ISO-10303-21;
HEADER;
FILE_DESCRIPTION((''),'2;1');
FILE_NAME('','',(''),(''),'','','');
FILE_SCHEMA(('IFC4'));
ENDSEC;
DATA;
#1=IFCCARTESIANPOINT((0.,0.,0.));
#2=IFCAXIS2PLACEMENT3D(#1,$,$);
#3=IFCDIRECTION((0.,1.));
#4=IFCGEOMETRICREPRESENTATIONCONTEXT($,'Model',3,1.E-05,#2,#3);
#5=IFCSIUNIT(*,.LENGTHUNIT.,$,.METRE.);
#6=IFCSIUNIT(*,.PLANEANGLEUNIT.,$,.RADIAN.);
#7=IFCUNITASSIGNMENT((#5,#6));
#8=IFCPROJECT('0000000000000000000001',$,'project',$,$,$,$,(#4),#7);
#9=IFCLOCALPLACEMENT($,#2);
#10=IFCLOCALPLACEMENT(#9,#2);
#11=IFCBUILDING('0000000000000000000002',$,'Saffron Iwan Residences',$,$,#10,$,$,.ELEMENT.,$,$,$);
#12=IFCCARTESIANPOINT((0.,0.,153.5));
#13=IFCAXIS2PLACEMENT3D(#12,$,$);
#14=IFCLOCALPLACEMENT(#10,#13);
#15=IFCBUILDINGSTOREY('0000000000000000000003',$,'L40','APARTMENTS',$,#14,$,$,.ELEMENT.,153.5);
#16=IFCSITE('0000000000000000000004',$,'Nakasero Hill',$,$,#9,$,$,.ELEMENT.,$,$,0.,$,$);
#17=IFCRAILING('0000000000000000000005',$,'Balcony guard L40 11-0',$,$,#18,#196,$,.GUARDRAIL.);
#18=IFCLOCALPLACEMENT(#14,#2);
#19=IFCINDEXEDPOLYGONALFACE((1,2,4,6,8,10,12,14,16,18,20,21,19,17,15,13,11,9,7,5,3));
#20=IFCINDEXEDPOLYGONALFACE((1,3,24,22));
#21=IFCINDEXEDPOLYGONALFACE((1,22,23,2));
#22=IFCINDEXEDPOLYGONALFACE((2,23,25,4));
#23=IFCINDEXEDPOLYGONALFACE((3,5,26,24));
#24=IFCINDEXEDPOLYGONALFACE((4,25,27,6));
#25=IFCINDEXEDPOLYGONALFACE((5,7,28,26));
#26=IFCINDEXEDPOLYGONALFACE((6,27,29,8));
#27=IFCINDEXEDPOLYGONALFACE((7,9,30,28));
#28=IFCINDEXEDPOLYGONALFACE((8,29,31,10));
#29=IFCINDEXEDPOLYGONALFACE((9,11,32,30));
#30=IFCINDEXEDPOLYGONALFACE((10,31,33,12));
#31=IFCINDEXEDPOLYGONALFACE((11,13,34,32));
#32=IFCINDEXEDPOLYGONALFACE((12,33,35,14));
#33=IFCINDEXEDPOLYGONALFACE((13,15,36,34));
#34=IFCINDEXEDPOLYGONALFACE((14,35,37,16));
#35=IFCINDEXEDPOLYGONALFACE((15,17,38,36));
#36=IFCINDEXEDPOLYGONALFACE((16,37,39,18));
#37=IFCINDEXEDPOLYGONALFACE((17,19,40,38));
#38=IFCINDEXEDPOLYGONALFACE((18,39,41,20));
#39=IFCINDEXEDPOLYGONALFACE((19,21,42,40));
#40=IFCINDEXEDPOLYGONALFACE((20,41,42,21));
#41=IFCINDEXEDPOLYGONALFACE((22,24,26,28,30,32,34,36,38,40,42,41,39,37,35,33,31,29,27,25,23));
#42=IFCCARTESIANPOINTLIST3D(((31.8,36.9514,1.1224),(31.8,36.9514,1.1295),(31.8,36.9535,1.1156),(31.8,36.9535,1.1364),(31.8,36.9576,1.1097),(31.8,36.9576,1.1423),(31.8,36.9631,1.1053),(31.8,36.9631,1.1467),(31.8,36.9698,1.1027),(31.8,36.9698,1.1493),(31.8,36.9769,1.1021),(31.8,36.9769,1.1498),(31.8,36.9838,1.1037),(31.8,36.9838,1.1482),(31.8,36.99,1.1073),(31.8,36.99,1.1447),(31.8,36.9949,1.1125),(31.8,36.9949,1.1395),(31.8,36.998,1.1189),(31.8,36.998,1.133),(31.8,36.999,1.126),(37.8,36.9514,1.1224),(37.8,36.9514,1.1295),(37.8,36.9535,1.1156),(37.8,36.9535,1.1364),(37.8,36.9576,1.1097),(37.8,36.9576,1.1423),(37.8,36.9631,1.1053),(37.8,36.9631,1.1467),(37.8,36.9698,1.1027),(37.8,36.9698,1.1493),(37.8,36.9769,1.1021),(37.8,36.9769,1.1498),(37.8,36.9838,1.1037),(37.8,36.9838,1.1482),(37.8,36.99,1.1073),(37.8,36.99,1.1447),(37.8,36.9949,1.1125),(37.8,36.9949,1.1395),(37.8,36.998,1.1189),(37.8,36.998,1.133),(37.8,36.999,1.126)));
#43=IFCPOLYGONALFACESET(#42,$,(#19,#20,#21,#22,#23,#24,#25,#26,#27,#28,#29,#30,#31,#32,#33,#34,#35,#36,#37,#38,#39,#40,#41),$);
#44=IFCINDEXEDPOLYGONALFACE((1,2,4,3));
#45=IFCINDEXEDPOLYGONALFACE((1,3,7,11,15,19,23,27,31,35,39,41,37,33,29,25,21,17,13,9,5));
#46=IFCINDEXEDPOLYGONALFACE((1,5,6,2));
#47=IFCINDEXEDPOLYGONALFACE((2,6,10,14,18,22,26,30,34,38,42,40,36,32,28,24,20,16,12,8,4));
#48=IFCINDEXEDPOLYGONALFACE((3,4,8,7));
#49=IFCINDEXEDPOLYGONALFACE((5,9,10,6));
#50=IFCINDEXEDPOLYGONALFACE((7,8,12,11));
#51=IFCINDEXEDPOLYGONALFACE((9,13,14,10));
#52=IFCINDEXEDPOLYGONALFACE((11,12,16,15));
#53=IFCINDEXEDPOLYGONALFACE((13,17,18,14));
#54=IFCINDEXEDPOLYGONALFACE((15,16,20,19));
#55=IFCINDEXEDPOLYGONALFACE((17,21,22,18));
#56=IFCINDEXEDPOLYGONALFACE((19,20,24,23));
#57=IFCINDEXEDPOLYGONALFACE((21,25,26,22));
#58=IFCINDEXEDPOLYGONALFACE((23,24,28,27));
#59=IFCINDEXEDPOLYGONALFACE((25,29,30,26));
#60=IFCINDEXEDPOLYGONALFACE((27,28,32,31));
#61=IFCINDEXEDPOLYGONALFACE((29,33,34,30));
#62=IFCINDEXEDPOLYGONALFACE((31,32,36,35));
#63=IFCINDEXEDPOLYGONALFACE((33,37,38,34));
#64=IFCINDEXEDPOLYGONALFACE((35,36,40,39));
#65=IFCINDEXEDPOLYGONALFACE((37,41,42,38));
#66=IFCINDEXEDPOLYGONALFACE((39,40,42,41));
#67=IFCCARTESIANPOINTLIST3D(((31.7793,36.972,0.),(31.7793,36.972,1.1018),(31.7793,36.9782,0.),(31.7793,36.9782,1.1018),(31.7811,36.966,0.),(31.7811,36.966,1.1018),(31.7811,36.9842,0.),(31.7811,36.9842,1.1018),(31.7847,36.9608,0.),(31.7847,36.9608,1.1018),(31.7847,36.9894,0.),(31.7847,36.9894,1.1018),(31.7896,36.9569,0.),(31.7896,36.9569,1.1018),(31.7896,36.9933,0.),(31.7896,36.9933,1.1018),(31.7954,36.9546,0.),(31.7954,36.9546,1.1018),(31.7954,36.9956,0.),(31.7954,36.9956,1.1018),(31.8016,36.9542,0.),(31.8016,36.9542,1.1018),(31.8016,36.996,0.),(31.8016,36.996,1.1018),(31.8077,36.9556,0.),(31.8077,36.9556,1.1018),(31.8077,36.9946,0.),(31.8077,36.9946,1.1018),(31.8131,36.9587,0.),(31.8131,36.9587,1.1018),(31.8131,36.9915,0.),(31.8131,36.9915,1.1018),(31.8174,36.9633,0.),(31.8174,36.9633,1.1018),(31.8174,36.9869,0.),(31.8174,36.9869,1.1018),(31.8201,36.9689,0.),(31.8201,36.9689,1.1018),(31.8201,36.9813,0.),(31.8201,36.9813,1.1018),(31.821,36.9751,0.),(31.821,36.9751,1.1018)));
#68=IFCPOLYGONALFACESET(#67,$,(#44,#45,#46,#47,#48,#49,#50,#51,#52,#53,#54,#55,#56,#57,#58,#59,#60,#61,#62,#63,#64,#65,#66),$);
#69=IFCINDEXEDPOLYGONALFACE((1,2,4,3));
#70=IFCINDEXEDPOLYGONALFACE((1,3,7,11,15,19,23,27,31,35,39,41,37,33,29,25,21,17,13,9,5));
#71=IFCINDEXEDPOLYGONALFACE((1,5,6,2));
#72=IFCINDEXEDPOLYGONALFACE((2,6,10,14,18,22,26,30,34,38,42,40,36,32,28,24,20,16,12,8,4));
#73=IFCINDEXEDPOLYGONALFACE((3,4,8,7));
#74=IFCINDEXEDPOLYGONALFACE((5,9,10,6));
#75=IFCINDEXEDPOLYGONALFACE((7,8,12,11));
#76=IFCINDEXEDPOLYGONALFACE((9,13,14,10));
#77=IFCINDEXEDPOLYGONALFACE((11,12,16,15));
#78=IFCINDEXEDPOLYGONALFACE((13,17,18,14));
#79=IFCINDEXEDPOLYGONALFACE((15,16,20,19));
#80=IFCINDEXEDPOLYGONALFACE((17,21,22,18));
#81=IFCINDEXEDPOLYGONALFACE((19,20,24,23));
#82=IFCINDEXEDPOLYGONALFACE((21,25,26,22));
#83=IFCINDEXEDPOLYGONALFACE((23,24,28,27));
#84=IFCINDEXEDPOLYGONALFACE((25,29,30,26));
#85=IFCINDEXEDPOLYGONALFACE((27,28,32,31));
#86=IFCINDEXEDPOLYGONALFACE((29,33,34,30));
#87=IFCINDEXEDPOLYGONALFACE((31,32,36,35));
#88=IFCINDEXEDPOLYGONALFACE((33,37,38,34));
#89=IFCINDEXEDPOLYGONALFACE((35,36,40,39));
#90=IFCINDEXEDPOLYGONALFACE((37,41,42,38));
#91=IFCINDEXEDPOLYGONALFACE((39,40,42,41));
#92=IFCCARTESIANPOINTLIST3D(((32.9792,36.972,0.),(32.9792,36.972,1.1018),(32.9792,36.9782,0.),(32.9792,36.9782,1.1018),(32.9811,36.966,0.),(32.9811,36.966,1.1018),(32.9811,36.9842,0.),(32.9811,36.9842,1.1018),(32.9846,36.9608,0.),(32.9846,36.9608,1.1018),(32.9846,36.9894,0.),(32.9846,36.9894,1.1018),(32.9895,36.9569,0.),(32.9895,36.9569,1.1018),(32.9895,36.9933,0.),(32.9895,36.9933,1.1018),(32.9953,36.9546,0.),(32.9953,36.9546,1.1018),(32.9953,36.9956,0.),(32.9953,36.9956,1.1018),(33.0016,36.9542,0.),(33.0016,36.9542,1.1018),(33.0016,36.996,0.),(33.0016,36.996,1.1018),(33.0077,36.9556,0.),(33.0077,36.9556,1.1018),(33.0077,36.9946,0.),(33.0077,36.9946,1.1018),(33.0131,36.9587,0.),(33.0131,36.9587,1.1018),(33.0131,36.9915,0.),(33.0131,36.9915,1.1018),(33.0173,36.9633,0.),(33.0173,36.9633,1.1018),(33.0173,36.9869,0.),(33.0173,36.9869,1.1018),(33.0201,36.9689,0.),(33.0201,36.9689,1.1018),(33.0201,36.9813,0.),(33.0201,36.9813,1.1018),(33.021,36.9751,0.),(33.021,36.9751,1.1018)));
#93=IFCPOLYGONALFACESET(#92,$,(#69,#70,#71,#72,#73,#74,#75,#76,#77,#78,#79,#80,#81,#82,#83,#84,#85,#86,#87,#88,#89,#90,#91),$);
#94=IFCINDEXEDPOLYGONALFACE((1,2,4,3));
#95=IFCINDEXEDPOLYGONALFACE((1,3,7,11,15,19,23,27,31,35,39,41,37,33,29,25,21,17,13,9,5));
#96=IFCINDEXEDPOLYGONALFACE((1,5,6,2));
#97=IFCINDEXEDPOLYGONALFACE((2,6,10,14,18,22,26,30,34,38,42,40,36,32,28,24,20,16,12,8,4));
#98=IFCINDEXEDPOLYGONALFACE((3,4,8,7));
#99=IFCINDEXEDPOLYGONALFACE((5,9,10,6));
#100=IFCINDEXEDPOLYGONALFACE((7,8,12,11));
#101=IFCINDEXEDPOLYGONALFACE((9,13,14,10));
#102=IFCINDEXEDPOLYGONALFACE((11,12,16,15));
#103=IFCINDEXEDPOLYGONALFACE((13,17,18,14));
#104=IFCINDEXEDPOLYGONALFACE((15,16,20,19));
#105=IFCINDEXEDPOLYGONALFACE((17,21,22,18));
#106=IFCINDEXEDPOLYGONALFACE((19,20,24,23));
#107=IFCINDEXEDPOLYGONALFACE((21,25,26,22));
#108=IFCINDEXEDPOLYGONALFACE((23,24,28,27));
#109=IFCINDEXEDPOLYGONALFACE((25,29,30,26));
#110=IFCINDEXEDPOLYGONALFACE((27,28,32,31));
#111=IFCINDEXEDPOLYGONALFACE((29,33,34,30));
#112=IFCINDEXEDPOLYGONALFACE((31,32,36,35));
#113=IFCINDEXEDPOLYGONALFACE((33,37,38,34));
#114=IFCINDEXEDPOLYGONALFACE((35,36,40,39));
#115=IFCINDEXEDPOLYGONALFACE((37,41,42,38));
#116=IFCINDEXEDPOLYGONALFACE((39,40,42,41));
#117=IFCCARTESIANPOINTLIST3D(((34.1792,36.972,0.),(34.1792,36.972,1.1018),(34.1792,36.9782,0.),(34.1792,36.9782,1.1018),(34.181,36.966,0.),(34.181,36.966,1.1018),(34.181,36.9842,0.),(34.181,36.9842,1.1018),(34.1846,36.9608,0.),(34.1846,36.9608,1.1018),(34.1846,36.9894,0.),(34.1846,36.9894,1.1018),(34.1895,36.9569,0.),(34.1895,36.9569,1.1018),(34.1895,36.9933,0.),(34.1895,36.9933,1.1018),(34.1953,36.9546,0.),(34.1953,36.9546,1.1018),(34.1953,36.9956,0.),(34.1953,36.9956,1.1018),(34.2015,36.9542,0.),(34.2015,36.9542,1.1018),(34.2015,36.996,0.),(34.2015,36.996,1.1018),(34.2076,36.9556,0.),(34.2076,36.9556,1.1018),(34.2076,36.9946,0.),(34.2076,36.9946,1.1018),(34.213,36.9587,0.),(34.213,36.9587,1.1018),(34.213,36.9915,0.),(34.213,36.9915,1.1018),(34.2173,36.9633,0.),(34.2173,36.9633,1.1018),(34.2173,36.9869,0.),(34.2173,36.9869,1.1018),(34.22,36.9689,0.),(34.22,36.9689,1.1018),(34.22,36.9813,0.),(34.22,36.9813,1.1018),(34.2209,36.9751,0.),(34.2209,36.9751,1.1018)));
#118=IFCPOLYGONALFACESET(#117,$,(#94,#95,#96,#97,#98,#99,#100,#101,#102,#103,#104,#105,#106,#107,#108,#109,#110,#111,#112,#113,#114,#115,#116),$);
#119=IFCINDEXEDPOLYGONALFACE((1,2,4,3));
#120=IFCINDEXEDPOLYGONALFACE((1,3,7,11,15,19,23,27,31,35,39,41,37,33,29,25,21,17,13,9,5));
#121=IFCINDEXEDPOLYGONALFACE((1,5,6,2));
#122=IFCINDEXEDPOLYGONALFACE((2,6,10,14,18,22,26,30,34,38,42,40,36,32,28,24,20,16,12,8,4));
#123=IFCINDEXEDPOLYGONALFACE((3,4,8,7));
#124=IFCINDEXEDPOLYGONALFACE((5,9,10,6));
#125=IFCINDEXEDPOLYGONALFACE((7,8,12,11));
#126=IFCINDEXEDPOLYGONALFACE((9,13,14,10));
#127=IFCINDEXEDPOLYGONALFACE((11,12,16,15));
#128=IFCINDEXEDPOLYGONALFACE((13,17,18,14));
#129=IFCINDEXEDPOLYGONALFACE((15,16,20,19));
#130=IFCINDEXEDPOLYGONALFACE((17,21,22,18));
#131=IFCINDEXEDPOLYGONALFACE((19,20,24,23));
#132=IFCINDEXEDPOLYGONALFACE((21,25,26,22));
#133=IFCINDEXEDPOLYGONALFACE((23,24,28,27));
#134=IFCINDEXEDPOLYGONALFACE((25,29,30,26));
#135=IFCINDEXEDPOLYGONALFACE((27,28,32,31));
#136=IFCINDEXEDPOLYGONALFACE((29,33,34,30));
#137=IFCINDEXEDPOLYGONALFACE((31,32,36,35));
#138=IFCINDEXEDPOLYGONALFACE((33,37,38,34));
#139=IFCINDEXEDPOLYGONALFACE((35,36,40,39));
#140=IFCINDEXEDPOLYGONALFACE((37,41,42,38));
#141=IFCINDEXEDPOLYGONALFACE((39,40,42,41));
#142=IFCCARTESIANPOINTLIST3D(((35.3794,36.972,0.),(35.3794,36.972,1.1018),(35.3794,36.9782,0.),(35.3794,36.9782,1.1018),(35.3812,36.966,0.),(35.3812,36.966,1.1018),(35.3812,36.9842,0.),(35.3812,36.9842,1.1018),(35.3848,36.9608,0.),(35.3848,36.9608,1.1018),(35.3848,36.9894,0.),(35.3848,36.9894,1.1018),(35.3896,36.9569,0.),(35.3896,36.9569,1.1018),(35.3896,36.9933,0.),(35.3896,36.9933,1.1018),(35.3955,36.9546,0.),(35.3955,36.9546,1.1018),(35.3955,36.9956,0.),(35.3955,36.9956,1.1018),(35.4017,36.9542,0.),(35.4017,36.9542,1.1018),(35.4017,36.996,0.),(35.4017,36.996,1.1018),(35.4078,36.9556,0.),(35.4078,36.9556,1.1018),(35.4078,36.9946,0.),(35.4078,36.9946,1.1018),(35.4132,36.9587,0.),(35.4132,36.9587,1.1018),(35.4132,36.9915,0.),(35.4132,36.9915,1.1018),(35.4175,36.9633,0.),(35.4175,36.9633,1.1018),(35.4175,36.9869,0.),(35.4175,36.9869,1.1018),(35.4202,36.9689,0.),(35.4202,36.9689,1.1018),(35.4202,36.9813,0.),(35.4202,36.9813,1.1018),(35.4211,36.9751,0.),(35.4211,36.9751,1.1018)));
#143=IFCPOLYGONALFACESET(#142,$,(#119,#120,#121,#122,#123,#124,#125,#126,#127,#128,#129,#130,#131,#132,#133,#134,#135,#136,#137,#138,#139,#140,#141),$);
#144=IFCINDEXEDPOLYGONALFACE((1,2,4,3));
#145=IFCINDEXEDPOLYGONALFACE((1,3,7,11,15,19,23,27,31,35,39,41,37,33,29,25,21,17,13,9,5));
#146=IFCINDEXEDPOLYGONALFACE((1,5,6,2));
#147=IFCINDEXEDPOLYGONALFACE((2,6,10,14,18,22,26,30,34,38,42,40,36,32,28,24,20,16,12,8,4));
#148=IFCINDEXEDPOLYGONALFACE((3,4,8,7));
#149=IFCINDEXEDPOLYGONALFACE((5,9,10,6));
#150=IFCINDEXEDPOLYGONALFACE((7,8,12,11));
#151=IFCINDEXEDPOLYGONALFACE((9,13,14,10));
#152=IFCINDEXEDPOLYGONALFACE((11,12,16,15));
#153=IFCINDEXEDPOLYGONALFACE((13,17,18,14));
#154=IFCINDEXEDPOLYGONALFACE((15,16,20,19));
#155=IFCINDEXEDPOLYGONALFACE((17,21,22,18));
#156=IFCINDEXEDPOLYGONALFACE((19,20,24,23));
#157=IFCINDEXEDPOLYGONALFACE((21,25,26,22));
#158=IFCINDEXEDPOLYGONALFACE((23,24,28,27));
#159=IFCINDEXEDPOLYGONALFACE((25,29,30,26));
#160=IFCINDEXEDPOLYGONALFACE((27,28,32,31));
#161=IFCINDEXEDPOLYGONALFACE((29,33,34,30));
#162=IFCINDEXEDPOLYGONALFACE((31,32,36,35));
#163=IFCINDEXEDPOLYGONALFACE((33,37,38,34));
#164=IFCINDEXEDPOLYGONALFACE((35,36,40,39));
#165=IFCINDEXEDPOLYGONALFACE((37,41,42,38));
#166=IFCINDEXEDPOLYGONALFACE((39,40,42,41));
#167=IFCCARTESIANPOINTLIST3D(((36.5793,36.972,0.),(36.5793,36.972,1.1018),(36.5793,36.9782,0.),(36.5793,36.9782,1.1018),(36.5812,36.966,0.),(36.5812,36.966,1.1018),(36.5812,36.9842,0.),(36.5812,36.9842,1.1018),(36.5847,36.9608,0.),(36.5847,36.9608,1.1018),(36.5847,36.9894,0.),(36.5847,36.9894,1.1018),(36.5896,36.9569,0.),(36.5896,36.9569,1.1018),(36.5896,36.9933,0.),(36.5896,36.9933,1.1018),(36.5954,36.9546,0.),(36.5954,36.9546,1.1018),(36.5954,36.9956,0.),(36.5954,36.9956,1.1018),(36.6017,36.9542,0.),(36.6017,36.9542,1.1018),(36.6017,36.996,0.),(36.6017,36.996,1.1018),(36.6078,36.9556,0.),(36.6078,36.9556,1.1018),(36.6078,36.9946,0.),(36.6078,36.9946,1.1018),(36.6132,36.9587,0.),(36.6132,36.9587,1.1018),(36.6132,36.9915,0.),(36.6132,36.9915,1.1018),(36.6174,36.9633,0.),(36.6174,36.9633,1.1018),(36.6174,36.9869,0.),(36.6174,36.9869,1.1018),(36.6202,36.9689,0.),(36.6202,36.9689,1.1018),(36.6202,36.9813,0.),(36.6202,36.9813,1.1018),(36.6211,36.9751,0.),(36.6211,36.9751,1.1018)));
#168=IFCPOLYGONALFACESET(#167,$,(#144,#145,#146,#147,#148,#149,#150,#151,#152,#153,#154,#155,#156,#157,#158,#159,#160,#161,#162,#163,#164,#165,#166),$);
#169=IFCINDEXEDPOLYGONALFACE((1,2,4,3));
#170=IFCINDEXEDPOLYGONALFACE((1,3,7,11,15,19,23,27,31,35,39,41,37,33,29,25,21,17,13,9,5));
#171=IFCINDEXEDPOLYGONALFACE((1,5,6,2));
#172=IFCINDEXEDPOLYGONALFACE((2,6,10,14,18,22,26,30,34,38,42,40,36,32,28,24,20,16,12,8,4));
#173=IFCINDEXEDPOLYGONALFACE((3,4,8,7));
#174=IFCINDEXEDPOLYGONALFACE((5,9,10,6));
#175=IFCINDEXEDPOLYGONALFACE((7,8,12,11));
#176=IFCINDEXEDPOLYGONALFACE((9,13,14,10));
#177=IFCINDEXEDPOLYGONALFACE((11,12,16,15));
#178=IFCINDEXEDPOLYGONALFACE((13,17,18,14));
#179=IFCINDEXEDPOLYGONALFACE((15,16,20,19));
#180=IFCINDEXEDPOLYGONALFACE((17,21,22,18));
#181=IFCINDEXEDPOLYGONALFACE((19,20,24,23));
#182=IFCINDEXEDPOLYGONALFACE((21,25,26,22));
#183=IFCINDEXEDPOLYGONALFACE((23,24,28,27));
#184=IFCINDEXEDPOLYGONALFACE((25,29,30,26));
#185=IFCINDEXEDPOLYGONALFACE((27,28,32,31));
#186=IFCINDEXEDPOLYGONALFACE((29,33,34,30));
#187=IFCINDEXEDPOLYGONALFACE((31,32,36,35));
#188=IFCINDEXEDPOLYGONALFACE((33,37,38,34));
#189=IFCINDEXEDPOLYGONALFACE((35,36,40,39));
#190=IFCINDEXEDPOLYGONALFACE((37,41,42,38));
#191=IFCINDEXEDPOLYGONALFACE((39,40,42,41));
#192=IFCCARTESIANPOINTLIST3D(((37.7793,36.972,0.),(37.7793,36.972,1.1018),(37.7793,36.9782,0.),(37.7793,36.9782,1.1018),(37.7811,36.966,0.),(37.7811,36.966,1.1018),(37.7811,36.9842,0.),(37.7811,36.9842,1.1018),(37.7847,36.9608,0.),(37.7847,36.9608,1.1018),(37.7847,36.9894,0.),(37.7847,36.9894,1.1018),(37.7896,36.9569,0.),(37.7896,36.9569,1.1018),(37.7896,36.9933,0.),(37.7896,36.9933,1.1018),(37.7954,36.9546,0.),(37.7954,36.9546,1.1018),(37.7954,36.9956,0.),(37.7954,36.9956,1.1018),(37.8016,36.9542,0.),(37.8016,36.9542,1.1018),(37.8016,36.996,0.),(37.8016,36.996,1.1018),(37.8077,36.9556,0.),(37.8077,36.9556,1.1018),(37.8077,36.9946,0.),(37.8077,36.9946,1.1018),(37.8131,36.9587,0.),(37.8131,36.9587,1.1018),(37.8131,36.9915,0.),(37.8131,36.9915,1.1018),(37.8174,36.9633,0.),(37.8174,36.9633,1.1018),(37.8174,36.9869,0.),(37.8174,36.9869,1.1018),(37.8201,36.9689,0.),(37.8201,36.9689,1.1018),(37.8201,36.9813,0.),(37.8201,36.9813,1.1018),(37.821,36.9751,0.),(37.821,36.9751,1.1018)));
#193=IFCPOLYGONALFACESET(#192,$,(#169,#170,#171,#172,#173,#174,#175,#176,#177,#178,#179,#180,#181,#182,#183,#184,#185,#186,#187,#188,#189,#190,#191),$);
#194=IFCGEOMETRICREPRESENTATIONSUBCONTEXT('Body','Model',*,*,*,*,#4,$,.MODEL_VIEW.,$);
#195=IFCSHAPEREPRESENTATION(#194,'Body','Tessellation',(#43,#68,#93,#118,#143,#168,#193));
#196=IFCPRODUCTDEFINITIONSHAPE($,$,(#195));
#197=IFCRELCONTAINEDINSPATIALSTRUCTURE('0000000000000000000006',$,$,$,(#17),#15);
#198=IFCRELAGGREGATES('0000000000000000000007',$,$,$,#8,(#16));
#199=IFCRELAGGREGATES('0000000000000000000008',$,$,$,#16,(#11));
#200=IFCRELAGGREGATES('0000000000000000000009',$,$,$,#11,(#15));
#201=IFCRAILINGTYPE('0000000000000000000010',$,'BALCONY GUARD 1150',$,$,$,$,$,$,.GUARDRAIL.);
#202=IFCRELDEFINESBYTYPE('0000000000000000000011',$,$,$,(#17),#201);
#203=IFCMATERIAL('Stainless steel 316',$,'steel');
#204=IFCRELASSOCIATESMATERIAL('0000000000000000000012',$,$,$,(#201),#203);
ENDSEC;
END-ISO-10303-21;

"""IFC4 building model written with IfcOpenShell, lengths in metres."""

from ifc_helpers import new_model, si_unit, direction, frame, origin, origin_2d, place, context, subcontext, project, spatial, circle, extrude, material, type_object, element, save


model = new_model("IFC4")

# Units and contexts
model_context = context("Model", 3, precision=1e-05, world=origin(), true_north=direction((0.0, 1.0)))
body_context = subcontext(model_context, "Body", "Model", "MODEL_VIEW")
ifc_project = project(units=[si_unit("LENGTHUNIT", "METRE"), si_unit("PLANEANGLEUNIT", "RADIAN")], contexts=[model_context])

# Site, building, storey
site_placement = place(None, origin())
site = spatial("IfcSite", under=ifc_project, at=site_placement, Name="Nakasero Hill", CompositionType="ELEMENT", RefElevation=0.0)
building_placement = place(site_placement, origin())
building = spatial("IfcBuilding", under=site, at=building_placement, Name="Saffron Iwan Residences", CompositionType="ELEMENT")
storey_placement = place(building_placement, frame((0.0, 0.0, 153.5)))
storey = spatial("IfcBuildingStorey", under=building, at=storey_placement, Name="L40", Description="APARTMENTS", CompositionType="ELEMENT", Elevation=153.5)

# Railing
ifc_material_1 = material(Name="Stainless steel 316", Category="steel")
railing_type = type_object("IfcRailingType", Name="BALCONY GUARD 1150", PredefinedType="GUARDRAIL", material=ifc_material_1)
railing_placement = place(storey_placement, frame((31.8, 36.9751, 0.0)))
element("IfcRailing", 1, at=railing_placement, inside=storey, type_object=railing_type, Name="Balcony guard L40 11-0", PredefinedType="GUARDRAIL", context=body_context, shape_type="SweptSolid", body=[
    extrude(circle(Radius=0.0239, at=origin_2d()), frame((0.0, 0.0, 1.126), z_axis=(1.0, 0.0, 0.0), x_axis=(0.0, 1.0, 0.0)), (0.0, 0.0, 1.0), 6.0),
    extrude(circle(Radius=0.021, at=origin_2d()), origin(), (0.0, 0.0, 1.0), 1.1018),
    extrude(circle(Radius=0.021, at=origin_2d()), frame((1.2, 0.0, 0.0)), (0.0, 0.0, 1.0), 1.1018),
    extrude(circle(Radius=0.021, at=origin_2d()), frame((2.3999, 0.0, 0.0)), (0.0, 0.0, 1.0), 1.1018),
    extrude(circle(Radius=0.021, at=origin_2d()), frame((3.6001, 0.0, 0.0)), (0.0, 0.0, 1.0), 1.1018),
    extrude(circle(Radius=0.021, at=origin_2d()), frame((4.8, 0.0, 0.0)), (0.0, 0.0, 1.0), 1.1018),
    extrude(circle(Radius=0.021, at=origin_2d()), frame((6.0, 0.0, 0.0)), (0.0, 0.0, 1.0), 1.1018),
])

save(model, "model.ifc")
